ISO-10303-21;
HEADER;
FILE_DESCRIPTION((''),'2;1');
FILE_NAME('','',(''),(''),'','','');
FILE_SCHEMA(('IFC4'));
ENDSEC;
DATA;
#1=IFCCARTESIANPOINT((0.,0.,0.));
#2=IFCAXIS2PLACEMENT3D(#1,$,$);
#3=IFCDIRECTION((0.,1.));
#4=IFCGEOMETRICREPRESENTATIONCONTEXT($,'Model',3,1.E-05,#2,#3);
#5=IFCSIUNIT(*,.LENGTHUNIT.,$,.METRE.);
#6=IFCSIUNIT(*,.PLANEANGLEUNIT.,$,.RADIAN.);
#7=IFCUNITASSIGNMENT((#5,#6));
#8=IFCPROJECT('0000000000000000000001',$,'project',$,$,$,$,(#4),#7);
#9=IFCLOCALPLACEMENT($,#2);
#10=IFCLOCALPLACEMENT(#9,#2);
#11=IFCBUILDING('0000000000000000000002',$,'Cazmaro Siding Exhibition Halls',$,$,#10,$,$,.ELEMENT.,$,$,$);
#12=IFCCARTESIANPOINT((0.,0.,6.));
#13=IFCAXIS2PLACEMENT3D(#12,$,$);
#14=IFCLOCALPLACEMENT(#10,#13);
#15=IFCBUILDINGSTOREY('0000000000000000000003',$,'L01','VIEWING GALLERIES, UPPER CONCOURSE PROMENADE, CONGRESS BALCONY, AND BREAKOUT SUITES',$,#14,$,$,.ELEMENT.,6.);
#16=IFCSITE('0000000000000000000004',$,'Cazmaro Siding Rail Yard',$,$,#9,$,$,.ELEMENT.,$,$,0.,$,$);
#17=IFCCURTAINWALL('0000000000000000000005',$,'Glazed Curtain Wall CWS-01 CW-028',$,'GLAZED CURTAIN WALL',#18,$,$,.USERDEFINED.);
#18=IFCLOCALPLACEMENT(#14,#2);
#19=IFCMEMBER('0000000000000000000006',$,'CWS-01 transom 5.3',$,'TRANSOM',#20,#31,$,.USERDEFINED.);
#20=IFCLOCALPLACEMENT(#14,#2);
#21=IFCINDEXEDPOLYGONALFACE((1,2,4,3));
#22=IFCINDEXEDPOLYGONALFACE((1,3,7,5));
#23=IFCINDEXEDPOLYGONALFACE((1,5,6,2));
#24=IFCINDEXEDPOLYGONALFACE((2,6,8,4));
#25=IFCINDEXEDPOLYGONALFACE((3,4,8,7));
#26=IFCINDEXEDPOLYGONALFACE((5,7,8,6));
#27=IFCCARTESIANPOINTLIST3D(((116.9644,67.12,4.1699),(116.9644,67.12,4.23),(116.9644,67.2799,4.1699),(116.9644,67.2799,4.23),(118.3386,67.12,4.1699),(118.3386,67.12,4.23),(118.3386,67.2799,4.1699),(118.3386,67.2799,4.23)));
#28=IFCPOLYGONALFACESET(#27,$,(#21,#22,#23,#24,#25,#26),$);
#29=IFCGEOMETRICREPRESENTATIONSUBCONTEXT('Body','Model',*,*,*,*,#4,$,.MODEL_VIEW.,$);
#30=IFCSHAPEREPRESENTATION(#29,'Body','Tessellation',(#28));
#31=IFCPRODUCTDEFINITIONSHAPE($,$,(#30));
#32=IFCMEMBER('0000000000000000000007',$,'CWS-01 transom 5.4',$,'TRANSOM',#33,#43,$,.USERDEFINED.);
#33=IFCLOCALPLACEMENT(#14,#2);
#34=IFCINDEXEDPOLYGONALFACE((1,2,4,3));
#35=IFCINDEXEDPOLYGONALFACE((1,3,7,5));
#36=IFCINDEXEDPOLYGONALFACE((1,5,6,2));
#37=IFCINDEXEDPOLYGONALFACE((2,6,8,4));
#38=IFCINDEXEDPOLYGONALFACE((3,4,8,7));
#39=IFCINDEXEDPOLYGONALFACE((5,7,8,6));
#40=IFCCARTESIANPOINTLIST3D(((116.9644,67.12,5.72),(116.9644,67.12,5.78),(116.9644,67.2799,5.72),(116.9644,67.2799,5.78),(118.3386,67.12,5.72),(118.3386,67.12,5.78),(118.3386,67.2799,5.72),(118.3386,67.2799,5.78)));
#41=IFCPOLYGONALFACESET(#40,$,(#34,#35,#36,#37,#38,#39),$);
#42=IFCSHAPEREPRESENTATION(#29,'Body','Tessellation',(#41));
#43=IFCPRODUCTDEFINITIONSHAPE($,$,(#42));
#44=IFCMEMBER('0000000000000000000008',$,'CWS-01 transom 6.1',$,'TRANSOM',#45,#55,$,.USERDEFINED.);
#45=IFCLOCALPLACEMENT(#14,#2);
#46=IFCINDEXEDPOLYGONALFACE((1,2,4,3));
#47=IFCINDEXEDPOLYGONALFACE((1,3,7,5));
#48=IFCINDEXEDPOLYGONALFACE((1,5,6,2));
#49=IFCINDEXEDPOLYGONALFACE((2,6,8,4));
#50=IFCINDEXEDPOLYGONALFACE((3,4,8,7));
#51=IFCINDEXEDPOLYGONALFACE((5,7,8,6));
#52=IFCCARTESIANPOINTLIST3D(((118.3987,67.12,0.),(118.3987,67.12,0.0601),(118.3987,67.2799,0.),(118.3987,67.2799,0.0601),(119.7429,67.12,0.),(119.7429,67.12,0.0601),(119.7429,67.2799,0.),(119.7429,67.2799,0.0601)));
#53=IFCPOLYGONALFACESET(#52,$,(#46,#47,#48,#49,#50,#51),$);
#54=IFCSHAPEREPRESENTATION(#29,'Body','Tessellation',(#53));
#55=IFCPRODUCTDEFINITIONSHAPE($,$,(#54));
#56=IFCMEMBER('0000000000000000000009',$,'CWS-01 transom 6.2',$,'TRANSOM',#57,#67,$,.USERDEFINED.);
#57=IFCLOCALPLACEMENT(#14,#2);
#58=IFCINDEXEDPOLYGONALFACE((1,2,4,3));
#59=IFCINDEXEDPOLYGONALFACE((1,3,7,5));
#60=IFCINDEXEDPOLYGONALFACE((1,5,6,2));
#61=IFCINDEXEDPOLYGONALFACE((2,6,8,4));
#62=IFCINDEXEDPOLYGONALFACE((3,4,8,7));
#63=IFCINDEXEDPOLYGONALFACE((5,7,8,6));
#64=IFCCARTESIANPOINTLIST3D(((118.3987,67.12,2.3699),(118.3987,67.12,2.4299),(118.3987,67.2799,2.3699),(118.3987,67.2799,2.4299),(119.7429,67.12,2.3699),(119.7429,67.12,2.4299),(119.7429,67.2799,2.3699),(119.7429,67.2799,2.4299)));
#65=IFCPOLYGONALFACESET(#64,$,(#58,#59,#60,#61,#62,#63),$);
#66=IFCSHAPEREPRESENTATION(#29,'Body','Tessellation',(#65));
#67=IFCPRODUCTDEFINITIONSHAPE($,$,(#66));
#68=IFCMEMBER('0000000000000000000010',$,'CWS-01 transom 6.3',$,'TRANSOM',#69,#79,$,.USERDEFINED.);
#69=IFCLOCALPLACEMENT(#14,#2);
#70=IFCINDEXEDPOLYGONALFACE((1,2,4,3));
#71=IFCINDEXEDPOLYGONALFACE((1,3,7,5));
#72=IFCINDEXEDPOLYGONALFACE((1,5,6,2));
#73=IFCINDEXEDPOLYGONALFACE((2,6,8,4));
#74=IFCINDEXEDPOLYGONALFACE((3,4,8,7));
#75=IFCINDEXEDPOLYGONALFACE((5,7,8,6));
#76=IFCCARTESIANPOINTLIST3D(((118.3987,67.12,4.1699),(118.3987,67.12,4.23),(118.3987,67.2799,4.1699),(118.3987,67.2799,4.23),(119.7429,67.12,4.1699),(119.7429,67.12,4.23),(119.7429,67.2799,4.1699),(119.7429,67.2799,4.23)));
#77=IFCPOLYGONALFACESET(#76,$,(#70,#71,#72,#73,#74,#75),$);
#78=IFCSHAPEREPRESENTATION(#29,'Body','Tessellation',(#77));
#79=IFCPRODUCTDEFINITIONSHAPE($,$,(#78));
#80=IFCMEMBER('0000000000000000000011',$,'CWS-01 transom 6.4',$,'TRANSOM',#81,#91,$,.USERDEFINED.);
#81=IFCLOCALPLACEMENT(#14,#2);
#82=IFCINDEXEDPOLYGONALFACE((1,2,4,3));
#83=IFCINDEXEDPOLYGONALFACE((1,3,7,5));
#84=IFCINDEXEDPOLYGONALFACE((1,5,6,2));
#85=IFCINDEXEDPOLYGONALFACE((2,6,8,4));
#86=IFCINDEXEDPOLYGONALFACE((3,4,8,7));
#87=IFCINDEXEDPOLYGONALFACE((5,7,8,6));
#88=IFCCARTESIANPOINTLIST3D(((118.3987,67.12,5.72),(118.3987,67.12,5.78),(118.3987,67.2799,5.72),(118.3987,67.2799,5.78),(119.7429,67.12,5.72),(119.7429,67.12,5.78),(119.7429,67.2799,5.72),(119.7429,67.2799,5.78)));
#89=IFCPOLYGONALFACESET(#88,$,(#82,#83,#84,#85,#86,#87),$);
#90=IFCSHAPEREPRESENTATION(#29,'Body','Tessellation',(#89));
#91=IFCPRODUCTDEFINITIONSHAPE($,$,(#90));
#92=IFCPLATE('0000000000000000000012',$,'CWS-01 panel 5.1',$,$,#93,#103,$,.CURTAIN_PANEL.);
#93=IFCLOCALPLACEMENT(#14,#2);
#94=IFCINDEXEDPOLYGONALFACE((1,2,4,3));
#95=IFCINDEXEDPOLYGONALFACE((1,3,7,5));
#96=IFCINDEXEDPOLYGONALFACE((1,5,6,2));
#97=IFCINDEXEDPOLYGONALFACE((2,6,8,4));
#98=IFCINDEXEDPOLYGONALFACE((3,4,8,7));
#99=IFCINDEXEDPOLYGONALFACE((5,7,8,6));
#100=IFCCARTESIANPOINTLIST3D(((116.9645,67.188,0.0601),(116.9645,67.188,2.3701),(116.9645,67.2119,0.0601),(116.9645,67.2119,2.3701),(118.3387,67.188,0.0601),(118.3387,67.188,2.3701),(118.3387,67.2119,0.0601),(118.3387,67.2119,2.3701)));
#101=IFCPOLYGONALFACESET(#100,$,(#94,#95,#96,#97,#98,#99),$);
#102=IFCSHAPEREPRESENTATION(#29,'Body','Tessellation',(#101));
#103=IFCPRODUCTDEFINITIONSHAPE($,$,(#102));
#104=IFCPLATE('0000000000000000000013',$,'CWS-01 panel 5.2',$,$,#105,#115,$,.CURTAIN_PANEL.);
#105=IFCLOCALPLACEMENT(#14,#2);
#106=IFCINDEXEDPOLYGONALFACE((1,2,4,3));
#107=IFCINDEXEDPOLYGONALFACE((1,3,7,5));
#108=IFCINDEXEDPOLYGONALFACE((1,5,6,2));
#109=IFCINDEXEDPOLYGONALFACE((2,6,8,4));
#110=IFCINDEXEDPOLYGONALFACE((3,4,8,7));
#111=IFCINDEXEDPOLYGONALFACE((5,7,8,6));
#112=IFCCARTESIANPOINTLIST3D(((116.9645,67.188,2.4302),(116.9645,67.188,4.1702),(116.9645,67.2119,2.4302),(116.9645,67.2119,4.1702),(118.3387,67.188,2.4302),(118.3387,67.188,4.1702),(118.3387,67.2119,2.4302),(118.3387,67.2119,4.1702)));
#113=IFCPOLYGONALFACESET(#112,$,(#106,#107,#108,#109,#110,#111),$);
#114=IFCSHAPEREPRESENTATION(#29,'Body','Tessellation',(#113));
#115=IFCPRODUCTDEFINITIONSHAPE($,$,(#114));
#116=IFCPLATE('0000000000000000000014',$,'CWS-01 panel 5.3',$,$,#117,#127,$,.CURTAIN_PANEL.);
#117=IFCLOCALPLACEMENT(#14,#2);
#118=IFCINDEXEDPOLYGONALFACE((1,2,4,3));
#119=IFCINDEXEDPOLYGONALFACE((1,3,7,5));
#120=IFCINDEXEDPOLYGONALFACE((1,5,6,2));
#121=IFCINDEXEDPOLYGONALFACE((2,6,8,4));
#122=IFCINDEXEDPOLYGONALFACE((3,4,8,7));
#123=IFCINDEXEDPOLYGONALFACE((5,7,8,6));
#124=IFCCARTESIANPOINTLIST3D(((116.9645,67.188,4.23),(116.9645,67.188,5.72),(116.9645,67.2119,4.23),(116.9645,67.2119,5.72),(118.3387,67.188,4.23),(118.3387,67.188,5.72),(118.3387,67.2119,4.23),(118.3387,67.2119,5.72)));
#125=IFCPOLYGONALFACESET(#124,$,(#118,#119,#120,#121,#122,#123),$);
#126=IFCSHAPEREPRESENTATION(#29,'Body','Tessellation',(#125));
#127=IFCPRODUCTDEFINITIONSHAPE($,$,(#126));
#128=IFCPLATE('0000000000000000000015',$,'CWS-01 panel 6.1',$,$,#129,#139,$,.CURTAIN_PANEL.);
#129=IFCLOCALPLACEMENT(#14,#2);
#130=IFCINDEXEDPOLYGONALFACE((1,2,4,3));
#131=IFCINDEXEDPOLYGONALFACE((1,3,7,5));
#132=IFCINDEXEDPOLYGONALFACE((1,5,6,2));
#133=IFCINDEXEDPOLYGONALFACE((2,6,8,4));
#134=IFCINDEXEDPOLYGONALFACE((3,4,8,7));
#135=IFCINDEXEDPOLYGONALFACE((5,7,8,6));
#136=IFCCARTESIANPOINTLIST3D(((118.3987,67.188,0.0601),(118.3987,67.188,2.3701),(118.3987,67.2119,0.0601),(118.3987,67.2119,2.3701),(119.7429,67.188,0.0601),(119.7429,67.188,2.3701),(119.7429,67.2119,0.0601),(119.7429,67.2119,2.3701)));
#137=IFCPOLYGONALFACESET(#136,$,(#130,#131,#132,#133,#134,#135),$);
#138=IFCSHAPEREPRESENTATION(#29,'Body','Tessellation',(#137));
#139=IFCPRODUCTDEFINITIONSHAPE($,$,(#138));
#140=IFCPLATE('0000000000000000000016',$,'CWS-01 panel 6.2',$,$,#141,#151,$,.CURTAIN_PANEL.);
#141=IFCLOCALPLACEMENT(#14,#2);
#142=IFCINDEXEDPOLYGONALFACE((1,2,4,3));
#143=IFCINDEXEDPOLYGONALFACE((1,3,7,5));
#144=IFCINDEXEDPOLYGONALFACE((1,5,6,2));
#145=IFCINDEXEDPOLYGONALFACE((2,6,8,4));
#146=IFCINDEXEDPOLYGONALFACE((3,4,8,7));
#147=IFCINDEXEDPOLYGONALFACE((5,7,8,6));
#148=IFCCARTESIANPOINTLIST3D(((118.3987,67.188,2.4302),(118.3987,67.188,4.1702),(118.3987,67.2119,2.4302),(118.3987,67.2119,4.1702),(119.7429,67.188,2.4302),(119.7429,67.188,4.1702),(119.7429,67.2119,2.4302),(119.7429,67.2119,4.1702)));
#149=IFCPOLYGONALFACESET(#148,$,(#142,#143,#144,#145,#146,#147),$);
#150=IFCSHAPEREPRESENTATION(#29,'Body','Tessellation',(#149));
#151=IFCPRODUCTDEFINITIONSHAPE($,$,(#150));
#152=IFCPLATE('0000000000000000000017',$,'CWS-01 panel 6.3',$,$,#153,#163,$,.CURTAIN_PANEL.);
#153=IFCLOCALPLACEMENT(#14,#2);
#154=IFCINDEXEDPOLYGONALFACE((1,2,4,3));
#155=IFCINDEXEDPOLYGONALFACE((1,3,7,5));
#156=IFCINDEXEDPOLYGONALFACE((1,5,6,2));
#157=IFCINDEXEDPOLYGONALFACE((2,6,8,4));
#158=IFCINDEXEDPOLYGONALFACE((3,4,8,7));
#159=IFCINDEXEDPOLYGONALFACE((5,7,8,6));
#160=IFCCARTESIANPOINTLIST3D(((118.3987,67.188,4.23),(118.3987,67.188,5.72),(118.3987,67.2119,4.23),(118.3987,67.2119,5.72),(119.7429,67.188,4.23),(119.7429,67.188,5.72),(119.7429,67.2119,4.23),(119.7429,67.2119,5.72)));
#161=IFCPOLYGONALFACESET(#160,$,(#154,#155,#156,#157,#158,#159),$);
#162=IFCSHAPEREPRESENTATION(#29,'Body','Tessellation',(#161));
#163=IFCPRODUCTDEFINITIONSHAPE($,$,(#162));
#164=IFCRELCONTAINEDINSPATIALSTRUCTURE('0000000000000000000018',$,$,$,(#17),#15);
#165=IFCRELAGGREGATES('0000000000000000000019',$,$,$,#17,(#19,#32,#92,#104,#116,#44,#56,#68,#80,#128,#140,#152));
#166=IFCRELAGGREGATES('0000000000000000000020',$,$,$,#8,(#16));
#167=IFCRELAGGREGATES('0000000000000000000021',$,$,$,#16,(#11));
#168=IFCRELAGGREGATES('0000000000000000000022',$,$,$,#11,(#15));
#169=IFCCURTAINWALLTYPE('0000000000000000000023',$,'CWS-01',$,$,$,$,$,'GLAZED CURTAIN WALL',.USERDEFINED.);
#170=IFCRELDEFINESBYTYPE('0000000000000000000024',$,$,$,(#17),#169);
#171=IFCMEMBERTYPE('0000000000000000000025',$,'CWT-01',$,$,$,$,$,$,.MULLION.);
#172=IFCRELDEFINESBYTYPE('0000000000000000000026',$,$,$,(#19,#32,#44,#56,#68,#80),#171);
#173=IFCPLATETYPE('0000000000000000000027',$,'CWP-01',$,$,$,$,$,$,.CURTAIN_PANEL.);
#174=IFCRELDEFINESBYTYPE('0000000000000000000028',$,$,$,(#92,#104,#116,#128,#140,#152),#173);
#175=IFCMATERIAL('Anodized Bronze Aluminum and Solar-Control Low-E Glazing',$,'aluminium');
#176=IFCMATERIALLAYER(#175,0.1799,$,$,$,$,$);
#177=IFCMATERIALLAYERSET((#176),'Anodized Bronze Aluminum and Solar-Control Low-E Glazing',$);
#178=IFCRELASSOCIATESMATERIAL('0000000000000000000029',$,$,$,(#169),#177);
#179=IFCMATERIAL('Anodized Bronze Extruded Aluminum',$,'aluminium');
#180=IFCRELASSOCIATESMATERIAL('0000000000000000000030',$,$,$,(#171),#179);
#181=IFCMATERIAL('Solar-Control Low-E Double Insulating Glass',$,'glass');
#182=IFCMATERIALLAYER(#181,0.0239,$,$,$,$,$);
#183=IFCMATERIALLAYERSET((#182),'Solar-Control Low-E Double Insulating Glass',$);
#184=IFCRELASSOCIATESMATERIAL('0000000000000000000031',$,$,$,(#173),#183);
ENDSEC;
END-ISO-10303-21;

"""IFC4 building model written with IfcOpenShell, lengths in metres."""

from ifc_helpers import new_model, si_unit, direction, frame, origin, origin_2d, place, context, subcontext, project, spatial, rectangle, extrude, material, layer, layer_set, material_profile, profile_set, type_object, element, aggregate, save


model = new_model("IFC4")

# Units and contexts
model_context = context("Model", 3, precision=1e-05, world=origin(), true_north=direction((0.0, 1.0)))
body_context = subcontext(model_context, "Body", "Model", "MODEL_VIEW")
ifc_project = project(units=[si_unit("LENGTHUNIT", "METRE"), si_unit("PLANEANGLEUNIT", "RADIAN")], contexts=[model_context])

# Site, building, storey
site_placement = place(None, origin())
site = spatial("IfcSite", under=ifc_project, at=site_placement, Name="Cazmaro Siding Rail Yard", CompositionType="ELEMENT", RefElevation=0.0)
building_placement = place(site_placement, origin())
building = spatial("IfcBuilding", under=site, at=building_placement, Name="Cazmaro Siding Exhibition Halls", CompositionType="ELEMENT")
storey_placement = place(building_placement, frame((0.0, 0.0, 6.0)))
storey = spatial("IfcBuildingStorey", under=building, at=storey_placement, Name="L01", Description="VIEWING GALLERIES, UPPER CONCOURSE PROMENADE, CONGRESS BALCONY, AND BREAKOUT SUITES", CompositionType="ELEMENT", Elevation=6.0)

# Curtain wall, members, plates
ifc_material_1 = material(Name="Anodized Bronze Aluminum and Solar-Control Low-E Glazing", Category="aluminium")
ifc_layer_1 = layer(ifc_material_1, 0.1799)
ifc_layer_set_1 = layer_set([ifc_layer_1], Name="Anodized Bronze Aluminum and Solar-Control Low-E Glazing")
curtain_wall_type = type_object("IfcCurtainWallType", Name="CWS-01", ElementType="GLAZED CURTAIN WALL", PredefinedType="USERDEFINED", material=ifc_layer_set_1)
curtain_wall_placement = place(storey_placement, origin())
curtain_wall = element("IfcCurtainWall", 1, at=curtain_wall_placement, inside=storey, type_object=curtain_wall_type, Name="Glazed Curtain Wall CWS-01 CW-028", ObjectType="GLAZED CURTAIN WALL", PredefinedType="USERDEFINED")
ifc_material_2 = material(Name="Anodized Bronze Extruded Aluminum", Category="aluminium")
ifc_material_profile_1 = material_profile(ifc_material_2, rectangle(XDim=0.1599, YDim=0.0601, at=origin_2d()), Name="CWT-01")
ifc_profile_set_1 = profile_set([ifc_material_profile_1], Name="Anodized Bronze Extruded Aluminum")
member_type_1 = type_object("IfcMemberType", Name="CWT-01", PredefinedType="MULLION", material=ifc_profile_set_1)
member_1_placement = place(storey_placement, frame((116.9644, 67.2, 4.2), z_axis=(1.0, 0.0, 0.0), x_axis=(0.0, 1.0, 0.0)))
member_1 = element("IfcMember", 2, at=member_1_placement, type_object=member_type_1, Name="CWS-01 transom 5.3", ObjectType="TRANSOM", PredefinedType="USERDEFINED", context=body_context, shape_type="SweptSolid", body=[
    extrude(rectangle(XDim=0.1599, YDim=0.0601, at=origin_2d()), origin(), (0.0, 0.0, 1.0), 1.3743),
])
member_2_placement = place(storey_placement, frame((116.9644, 67.2, 5.75), z_axis=(1.0, 0.0, 0.0), x_axis=(0.0, 1.0, 0.0)))
member_2 = element("IfcMember", 3, at=member_2_placement, type_object=member_type_1, Name="CWS-01 transom 5.4", ObjectType="TRANSOM", PredefinedType="USERDEFINED", context=body_context, shape_type="SweptSolid", body=[
    extrude(rectangle(XDim=0.1599, YDim=0.0601, at=origin_2d()), origin(), (0.0, 0.0, 1.0), 1.3743),
])
member_3_placement = place(storey_placement, frame((118.3987, 67.2, 0.03), z_axis=(1.0, 0.0, 0.0), x_axis=(0.0, 1.0, 0.0)))
member_3 = element("IfcMember", 4, at=member_3_placement, type_object=member_type_1, Name="CWS-01 transom 6.1", ObjectType="TRANSOM", PredefinedType="USERDEFINED", context=body_context, shape_type="SweptSolid", body=[
    extrude(rectangle(XDim=0.1599, YDim=0.0601, at=origin_2d()), origin(), (0.0, 0.0, 1.0), 1.3442),
])
member_4_placement = place(storey_placement, frame((118.3987, 67.2, 2.3999), z_axis=(1.0, 0.0, 0.0), x_axis=(0.0, 1.0, 0.0)))
member_4 = element("IfcMember", 5, at=member_4_placement, type_object=member_type_1, Name="CWS-01 transom 6.2", ObjectType="TRANSOM", PredefinedType="USERDEFINED", context=body_context, shape_type="SweptSolid", body=[
    extrude(rectangle(XDim=0.1599, YDim=0.0601, at=origin_2d()), origin(), (0.0, 0.0, 1.0), 1.3442),
])
member_5_placement = place(storey_placement, frame((118.3987, 67.2, 4.2), z_axis=(1.0, 0.0, 0.0), x_axis=(0.0, 1.0, 0.0)))
member_5 = element("IfcMember", 6, at=member_5_placement, type_object=member_type_1, Name="CWS-01 transom 6.3", ObjectType="TRANSOM", PredefinedType="USERDEFINED", context=body_context, shape_type="SweptSolid", body=[
    extrude(rectangle(XDim=0.1599, YDim=0.0601, at=origin_2d()), origin(), (0.0, 0.0, 1.0), 1.3442),
])
member_6_placement = place(storey_placement, frame((118.3987, 67.2, 5.75), z_axis=(1.0, 0.0, 0.0), x_axis=(0.0, 1.0, 0.0)))
member_6 = element("IfcMember", 7, at=member_6_placement, type_object=member_type_1, Name="CWS-01 transom 6.4", ObjectType="TRANSOM", PredefinedType="USERDEFINED", context=body_context, shape_type="SweptSolid", body=[
    extrude(rectangle(XDim=0.1599, YDim=0.0601, at=origin_2d()), origin(), (0.0, 0.0, 1.0), 1.3442),
])
ifc_material_3 = material(Name="Solar-Control Low-E Double Insulating Glass", Category="glass")
ifc_layer_2 = layer(ifc_material_3, 0.0239)
ifc_layer_set_2 = layer_set([ifc_layer_2], Name="Solar-Control Low-E Double Insulating Glass")
plate_type = type_object("IfcPlateType", Name="CWP-01", PredefinedType="CURTAIN_PANEL", material=ifc_layer_set_2)
plate_1_placement = place(storey_placement, frame((117.6516, 67.2, 0.0601), z_axis=(0.0, 0.0, 1.0), x_axis=(1.0, 0.0, 0.0)))
plate_1 = element("IfcPlate", 8, at=plate_1_placement, type_object=plate_type, Name="CWS-01 panel 5.1", PredefinedType="CURTAIN_PANEL", context=body_context, shape_type="SweptSolid", body=[
    extrude(rectangle(XDim=1.3743, YDim=0.0239, at=origin_2d()), origin(), (0.0, 0.0, 1.0), 2.3101),
])
plate_2_placement = place(storey_placement, frame((117.6516, 67.2, 2.4302), z_axis=(0.0, 0.0, 1.0), x_axis=(1.0, 0.0, 0.0)))
plate_2 = element("IfcPlate", 9, at=plate_2_placement, type_object=plate_type, Name="CWS-01 panel 5.2", PredefinedType="CURTAIN_PANEL", context=body_context, shape_type="SweptSolid", body=[
    extrude(rectangle(XDim=1.3743, YDim=0.0239, at=origin_2d()), origin(), (0.0, 0.0, 1.0), 1.74),
])
plate_3_placement = place(storey_placement, frame((117.6516, 67.2, 4.23), z_axis=(0.0, 0.0, 1.0), x_axis=(1.0, 0.0, 0.0)))
plate_3 = element("IfcPlate", 10, at=plate_3_placement, type_object=plate_type, Name="CWS-01 panel 5.3", PredefinedType="CURTAIN_PANEL", context=body_context, shape_type="SweptSolid", body=[
    extrude(rectangle(XDim=1.3743, YDim=0.0239, at=origin_2d()), origin(), (0.0, 0.0, 1.0), 1.49),
])
plate_4_placement = place(storey_placement, frame((119.0708, 67.2, 0.0601), z_axis=(0.0, 0.0, 1.0), x_axis=(1.0, 0.0, 0.0)))
plate_4 = element("IfcPlate", 11, at=plate_4_placement, type_object=plate_type, Name="CWS-01 panel 6.1", PredefinedType="CURTAIN_PANEL", context=body_context, shape_type="SweptSolid", body=[
    extrude(rectangle(XDim=1.3442, YDim=0.0239, at=origin_2d()), origin(), (0.0, 0.0, 1.0), 2.3101),
])
plate_5_placement = place(storey_placement, frame((119.0708, 67.2, 2.4302), z_axis=(0.0, 0.0, 1.0), x_axis=(1.0, 0.0, 0.0)))
plate_5 = element("IfcPlate", 12, at=plate_5_placement, type_object=plate_type, Name="CWS-01 panel 6.2", PredefinedType="CURTAIN_PANEL", context=body_context, shape_type="SweptSolid", body=[
    extrude(rectangle(XDim=1.3442, YDim=0.0239, at=origin_2d()), origin(), (0.0, 0.0, 1.0), 1.74),
])
plate_6_placement = place(storey_placement, frame((119.0708, 67.2, 4.23), z_axis=(0.0, 0.0, 1.0), x_axis=(1.0, 0.0, 0.0)))
plate_6 = element("IfcPlate", 13, at=plate_6_placement, type_object=plate_type, Name="CWS-01 panel 6.3", PredefinedType="CURTAIN_PANEL", context=body_context, shape_type="SweptSolid", body=[
    extrude(rectangle(XDim=1.3442, YDim=0.0239, at=origin_2d()), origin(), (0.0, 0.0, 1.0), 1.49),
])
aggregate(curtain_wall, [member_1, member_2, plate_1, plate_2, plate_3, member_3, member_4, member_5, member_6, plate_4, plate_5, plate_6])

save(model, "model.ifc")
